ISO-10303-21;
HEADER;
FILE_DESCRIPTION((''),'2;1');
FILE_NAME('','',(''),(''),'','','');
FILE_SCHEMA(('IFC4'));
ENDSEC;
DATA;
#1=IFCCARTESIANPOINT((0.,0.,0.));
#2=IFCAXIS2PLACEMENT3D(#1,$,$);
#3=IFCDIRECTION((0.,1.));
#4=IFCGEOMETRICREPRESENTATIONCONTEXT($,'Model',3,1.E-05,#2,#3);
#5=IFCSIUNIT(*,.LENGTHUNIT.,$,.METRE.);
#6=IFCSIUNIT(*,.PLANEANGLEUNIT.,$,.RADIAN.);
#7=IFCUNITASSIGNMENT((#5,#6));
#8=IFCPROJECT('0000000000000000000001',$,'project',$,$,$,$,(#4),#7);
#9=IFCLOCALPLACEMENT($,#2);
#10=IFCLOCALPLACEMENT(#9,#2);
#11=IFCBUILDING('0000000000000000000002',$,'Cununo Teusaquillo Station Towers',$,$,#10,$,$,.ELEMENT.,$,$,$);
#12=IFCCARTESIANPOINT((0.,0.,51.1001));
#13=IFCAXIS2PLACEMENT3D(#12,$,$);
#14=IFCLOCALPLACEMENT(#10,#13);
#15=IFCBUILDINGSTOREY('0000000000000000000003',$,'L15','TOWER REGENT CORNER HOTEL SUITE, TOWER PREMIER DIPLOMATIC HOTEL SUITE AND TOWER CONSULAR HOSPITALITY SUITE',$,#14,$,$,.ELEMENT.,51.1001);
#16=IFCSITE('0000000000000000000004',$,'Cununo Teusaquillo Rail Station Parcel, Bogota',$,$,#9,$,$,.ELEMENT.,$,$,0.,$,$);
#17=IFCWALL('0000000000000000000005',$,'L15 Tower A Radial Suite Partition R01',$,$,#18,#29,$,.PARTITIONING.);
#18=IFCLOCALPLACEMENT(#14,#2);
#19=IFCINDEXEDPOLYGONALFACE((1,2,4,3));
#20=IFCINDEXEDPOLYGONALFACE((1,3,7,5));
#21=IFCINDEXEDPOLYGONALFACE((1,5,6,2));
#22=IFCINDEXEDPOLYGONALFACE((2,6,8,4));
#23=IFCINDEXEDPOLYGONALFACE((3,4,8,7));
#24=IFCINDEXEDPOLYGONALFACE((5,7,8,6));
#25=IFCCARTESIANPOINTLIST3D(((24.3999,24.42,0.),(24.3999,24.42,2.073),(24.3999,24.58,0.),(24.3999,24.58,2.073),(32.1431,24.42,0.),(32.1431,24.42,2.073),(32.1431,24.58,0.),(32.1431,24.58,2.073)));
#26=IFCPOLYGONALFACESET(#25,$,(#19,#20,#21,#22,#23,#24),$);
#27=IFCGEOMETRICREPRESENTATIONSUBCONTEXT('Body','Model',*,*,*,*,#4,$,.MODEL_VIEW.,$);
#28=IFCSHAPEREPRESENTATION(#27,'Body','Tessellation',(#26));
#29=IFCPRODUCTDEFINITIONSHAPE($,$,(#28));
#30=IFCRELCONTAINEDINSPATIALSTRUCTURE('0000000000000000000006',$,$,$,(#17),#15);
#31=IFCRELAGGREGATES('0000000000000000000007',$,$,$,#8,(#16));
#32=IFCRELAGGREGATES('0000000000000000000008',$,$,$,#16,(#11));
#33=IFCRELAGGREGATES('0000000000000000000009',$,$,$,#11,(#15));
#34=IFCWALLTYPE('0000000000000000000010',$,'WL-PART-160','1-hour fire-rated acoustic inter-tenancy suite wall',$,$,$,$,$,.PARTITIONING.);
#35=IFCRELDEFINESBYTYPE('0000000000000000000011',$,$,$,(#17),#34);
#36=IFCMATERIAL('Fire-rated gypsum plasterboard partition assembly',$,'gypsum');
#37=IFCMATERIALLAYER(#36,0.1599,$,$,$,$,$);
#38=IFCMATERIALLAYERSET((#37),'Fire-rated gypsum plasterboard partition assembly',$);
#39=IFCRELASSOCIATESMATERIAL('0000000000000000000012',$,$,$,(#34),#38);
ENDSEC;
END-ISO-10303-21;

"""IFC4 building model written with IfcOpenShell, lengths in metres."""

from ifc_helpers import new_model, si_unit, direction, frame, frame_2d, origin, place, context, subcontext, project, spatial, rectangle, extrude, material, layer, layer_set, type_object, element, save


model = new_model("IFC4")

# Units and contexts
model_context = context("Model", 3, precision=1e-05, world=origin(), true_north=direction((0.0, 1.0)))
body_context = subcontext(model_context, "Body", "Model", "MODEL_VIEW")
ifc_project = project(units=[si_unit("LENGTHUNIT", "METRE"), si_unit("PLANEANGLEUNIT", "RADIAN")], contexts=[model_context])

# Site, building, storey
site_placement = place(None, origin())
site = spatial("IfcSite", under=ifc_project, at=site_placement, Name="Cununo Teusaquillo Rail Station Parcel, Bogota", CompositionType="ELEMENT", RefElevation=0.0)
building_placement = place(site_placement, origin())
building = spatial("IfcBuilding", under=site, at=building_placement, Name="Cununo Teusaquillo Station Towers", CompositionType="ELEMENT")
storey_placement = place(building_placement, frame((0.0, 0.0, 51.1001)))
storey = spatial("IfcBuildingStorey", under=building, at=storey_placement, Name="L15", Description="TOWER REGENT CORNER HOTEL SUITE, TOWER PREMIER DIPLOMATIC HOTEL SUITE AND TOWER CONSULAR HOSPITALITY SUITE", CompositionType="ELEMENT", Elevation=51.1001)

# Wall
ifc_material_1 = material(Name="Fire-rated gypsum plasterboard partition assembly", Category="gypsum")
ifc_layer_1 = layer(ifc_material_1, 0.1599)
ifc_layer_set_1 = layer_set([ifc_layer_1], Name="Fire-rated gypsum plasterboard partition assembly")
wall_type_1 = type_object("IfcWallType", Name="WL-PART-160", Description="1-hour fire-rated acoustic inter-tenancy suite wall", PredefinedType="PARTITIONING", material=ifc_layer_set_1)
wall_1_placement = place(storey_placement, frame((24.3999, 24.5, 0.0), z_axis=(0.0, 0.0, 1.0), x_axis=(1.0, 0.0, 0.0)))
element("IfcWall", 1, at=wall_1_placement, inside=storey, type_object=wall_type_1, Name="L15 Tower A Radial Suite Partition R01", PredefinedType="PARTITIONING", context=body_context, shape_type="SweptSolid", body=[
    extrude(rectangle(XDim=7.7432, YDim=0.1599, at=frame_2d((3.8716, 0.0))), origin(), (0.0, 0.0, 1.0), 2.073),
])

save(model, "model.ifc")
